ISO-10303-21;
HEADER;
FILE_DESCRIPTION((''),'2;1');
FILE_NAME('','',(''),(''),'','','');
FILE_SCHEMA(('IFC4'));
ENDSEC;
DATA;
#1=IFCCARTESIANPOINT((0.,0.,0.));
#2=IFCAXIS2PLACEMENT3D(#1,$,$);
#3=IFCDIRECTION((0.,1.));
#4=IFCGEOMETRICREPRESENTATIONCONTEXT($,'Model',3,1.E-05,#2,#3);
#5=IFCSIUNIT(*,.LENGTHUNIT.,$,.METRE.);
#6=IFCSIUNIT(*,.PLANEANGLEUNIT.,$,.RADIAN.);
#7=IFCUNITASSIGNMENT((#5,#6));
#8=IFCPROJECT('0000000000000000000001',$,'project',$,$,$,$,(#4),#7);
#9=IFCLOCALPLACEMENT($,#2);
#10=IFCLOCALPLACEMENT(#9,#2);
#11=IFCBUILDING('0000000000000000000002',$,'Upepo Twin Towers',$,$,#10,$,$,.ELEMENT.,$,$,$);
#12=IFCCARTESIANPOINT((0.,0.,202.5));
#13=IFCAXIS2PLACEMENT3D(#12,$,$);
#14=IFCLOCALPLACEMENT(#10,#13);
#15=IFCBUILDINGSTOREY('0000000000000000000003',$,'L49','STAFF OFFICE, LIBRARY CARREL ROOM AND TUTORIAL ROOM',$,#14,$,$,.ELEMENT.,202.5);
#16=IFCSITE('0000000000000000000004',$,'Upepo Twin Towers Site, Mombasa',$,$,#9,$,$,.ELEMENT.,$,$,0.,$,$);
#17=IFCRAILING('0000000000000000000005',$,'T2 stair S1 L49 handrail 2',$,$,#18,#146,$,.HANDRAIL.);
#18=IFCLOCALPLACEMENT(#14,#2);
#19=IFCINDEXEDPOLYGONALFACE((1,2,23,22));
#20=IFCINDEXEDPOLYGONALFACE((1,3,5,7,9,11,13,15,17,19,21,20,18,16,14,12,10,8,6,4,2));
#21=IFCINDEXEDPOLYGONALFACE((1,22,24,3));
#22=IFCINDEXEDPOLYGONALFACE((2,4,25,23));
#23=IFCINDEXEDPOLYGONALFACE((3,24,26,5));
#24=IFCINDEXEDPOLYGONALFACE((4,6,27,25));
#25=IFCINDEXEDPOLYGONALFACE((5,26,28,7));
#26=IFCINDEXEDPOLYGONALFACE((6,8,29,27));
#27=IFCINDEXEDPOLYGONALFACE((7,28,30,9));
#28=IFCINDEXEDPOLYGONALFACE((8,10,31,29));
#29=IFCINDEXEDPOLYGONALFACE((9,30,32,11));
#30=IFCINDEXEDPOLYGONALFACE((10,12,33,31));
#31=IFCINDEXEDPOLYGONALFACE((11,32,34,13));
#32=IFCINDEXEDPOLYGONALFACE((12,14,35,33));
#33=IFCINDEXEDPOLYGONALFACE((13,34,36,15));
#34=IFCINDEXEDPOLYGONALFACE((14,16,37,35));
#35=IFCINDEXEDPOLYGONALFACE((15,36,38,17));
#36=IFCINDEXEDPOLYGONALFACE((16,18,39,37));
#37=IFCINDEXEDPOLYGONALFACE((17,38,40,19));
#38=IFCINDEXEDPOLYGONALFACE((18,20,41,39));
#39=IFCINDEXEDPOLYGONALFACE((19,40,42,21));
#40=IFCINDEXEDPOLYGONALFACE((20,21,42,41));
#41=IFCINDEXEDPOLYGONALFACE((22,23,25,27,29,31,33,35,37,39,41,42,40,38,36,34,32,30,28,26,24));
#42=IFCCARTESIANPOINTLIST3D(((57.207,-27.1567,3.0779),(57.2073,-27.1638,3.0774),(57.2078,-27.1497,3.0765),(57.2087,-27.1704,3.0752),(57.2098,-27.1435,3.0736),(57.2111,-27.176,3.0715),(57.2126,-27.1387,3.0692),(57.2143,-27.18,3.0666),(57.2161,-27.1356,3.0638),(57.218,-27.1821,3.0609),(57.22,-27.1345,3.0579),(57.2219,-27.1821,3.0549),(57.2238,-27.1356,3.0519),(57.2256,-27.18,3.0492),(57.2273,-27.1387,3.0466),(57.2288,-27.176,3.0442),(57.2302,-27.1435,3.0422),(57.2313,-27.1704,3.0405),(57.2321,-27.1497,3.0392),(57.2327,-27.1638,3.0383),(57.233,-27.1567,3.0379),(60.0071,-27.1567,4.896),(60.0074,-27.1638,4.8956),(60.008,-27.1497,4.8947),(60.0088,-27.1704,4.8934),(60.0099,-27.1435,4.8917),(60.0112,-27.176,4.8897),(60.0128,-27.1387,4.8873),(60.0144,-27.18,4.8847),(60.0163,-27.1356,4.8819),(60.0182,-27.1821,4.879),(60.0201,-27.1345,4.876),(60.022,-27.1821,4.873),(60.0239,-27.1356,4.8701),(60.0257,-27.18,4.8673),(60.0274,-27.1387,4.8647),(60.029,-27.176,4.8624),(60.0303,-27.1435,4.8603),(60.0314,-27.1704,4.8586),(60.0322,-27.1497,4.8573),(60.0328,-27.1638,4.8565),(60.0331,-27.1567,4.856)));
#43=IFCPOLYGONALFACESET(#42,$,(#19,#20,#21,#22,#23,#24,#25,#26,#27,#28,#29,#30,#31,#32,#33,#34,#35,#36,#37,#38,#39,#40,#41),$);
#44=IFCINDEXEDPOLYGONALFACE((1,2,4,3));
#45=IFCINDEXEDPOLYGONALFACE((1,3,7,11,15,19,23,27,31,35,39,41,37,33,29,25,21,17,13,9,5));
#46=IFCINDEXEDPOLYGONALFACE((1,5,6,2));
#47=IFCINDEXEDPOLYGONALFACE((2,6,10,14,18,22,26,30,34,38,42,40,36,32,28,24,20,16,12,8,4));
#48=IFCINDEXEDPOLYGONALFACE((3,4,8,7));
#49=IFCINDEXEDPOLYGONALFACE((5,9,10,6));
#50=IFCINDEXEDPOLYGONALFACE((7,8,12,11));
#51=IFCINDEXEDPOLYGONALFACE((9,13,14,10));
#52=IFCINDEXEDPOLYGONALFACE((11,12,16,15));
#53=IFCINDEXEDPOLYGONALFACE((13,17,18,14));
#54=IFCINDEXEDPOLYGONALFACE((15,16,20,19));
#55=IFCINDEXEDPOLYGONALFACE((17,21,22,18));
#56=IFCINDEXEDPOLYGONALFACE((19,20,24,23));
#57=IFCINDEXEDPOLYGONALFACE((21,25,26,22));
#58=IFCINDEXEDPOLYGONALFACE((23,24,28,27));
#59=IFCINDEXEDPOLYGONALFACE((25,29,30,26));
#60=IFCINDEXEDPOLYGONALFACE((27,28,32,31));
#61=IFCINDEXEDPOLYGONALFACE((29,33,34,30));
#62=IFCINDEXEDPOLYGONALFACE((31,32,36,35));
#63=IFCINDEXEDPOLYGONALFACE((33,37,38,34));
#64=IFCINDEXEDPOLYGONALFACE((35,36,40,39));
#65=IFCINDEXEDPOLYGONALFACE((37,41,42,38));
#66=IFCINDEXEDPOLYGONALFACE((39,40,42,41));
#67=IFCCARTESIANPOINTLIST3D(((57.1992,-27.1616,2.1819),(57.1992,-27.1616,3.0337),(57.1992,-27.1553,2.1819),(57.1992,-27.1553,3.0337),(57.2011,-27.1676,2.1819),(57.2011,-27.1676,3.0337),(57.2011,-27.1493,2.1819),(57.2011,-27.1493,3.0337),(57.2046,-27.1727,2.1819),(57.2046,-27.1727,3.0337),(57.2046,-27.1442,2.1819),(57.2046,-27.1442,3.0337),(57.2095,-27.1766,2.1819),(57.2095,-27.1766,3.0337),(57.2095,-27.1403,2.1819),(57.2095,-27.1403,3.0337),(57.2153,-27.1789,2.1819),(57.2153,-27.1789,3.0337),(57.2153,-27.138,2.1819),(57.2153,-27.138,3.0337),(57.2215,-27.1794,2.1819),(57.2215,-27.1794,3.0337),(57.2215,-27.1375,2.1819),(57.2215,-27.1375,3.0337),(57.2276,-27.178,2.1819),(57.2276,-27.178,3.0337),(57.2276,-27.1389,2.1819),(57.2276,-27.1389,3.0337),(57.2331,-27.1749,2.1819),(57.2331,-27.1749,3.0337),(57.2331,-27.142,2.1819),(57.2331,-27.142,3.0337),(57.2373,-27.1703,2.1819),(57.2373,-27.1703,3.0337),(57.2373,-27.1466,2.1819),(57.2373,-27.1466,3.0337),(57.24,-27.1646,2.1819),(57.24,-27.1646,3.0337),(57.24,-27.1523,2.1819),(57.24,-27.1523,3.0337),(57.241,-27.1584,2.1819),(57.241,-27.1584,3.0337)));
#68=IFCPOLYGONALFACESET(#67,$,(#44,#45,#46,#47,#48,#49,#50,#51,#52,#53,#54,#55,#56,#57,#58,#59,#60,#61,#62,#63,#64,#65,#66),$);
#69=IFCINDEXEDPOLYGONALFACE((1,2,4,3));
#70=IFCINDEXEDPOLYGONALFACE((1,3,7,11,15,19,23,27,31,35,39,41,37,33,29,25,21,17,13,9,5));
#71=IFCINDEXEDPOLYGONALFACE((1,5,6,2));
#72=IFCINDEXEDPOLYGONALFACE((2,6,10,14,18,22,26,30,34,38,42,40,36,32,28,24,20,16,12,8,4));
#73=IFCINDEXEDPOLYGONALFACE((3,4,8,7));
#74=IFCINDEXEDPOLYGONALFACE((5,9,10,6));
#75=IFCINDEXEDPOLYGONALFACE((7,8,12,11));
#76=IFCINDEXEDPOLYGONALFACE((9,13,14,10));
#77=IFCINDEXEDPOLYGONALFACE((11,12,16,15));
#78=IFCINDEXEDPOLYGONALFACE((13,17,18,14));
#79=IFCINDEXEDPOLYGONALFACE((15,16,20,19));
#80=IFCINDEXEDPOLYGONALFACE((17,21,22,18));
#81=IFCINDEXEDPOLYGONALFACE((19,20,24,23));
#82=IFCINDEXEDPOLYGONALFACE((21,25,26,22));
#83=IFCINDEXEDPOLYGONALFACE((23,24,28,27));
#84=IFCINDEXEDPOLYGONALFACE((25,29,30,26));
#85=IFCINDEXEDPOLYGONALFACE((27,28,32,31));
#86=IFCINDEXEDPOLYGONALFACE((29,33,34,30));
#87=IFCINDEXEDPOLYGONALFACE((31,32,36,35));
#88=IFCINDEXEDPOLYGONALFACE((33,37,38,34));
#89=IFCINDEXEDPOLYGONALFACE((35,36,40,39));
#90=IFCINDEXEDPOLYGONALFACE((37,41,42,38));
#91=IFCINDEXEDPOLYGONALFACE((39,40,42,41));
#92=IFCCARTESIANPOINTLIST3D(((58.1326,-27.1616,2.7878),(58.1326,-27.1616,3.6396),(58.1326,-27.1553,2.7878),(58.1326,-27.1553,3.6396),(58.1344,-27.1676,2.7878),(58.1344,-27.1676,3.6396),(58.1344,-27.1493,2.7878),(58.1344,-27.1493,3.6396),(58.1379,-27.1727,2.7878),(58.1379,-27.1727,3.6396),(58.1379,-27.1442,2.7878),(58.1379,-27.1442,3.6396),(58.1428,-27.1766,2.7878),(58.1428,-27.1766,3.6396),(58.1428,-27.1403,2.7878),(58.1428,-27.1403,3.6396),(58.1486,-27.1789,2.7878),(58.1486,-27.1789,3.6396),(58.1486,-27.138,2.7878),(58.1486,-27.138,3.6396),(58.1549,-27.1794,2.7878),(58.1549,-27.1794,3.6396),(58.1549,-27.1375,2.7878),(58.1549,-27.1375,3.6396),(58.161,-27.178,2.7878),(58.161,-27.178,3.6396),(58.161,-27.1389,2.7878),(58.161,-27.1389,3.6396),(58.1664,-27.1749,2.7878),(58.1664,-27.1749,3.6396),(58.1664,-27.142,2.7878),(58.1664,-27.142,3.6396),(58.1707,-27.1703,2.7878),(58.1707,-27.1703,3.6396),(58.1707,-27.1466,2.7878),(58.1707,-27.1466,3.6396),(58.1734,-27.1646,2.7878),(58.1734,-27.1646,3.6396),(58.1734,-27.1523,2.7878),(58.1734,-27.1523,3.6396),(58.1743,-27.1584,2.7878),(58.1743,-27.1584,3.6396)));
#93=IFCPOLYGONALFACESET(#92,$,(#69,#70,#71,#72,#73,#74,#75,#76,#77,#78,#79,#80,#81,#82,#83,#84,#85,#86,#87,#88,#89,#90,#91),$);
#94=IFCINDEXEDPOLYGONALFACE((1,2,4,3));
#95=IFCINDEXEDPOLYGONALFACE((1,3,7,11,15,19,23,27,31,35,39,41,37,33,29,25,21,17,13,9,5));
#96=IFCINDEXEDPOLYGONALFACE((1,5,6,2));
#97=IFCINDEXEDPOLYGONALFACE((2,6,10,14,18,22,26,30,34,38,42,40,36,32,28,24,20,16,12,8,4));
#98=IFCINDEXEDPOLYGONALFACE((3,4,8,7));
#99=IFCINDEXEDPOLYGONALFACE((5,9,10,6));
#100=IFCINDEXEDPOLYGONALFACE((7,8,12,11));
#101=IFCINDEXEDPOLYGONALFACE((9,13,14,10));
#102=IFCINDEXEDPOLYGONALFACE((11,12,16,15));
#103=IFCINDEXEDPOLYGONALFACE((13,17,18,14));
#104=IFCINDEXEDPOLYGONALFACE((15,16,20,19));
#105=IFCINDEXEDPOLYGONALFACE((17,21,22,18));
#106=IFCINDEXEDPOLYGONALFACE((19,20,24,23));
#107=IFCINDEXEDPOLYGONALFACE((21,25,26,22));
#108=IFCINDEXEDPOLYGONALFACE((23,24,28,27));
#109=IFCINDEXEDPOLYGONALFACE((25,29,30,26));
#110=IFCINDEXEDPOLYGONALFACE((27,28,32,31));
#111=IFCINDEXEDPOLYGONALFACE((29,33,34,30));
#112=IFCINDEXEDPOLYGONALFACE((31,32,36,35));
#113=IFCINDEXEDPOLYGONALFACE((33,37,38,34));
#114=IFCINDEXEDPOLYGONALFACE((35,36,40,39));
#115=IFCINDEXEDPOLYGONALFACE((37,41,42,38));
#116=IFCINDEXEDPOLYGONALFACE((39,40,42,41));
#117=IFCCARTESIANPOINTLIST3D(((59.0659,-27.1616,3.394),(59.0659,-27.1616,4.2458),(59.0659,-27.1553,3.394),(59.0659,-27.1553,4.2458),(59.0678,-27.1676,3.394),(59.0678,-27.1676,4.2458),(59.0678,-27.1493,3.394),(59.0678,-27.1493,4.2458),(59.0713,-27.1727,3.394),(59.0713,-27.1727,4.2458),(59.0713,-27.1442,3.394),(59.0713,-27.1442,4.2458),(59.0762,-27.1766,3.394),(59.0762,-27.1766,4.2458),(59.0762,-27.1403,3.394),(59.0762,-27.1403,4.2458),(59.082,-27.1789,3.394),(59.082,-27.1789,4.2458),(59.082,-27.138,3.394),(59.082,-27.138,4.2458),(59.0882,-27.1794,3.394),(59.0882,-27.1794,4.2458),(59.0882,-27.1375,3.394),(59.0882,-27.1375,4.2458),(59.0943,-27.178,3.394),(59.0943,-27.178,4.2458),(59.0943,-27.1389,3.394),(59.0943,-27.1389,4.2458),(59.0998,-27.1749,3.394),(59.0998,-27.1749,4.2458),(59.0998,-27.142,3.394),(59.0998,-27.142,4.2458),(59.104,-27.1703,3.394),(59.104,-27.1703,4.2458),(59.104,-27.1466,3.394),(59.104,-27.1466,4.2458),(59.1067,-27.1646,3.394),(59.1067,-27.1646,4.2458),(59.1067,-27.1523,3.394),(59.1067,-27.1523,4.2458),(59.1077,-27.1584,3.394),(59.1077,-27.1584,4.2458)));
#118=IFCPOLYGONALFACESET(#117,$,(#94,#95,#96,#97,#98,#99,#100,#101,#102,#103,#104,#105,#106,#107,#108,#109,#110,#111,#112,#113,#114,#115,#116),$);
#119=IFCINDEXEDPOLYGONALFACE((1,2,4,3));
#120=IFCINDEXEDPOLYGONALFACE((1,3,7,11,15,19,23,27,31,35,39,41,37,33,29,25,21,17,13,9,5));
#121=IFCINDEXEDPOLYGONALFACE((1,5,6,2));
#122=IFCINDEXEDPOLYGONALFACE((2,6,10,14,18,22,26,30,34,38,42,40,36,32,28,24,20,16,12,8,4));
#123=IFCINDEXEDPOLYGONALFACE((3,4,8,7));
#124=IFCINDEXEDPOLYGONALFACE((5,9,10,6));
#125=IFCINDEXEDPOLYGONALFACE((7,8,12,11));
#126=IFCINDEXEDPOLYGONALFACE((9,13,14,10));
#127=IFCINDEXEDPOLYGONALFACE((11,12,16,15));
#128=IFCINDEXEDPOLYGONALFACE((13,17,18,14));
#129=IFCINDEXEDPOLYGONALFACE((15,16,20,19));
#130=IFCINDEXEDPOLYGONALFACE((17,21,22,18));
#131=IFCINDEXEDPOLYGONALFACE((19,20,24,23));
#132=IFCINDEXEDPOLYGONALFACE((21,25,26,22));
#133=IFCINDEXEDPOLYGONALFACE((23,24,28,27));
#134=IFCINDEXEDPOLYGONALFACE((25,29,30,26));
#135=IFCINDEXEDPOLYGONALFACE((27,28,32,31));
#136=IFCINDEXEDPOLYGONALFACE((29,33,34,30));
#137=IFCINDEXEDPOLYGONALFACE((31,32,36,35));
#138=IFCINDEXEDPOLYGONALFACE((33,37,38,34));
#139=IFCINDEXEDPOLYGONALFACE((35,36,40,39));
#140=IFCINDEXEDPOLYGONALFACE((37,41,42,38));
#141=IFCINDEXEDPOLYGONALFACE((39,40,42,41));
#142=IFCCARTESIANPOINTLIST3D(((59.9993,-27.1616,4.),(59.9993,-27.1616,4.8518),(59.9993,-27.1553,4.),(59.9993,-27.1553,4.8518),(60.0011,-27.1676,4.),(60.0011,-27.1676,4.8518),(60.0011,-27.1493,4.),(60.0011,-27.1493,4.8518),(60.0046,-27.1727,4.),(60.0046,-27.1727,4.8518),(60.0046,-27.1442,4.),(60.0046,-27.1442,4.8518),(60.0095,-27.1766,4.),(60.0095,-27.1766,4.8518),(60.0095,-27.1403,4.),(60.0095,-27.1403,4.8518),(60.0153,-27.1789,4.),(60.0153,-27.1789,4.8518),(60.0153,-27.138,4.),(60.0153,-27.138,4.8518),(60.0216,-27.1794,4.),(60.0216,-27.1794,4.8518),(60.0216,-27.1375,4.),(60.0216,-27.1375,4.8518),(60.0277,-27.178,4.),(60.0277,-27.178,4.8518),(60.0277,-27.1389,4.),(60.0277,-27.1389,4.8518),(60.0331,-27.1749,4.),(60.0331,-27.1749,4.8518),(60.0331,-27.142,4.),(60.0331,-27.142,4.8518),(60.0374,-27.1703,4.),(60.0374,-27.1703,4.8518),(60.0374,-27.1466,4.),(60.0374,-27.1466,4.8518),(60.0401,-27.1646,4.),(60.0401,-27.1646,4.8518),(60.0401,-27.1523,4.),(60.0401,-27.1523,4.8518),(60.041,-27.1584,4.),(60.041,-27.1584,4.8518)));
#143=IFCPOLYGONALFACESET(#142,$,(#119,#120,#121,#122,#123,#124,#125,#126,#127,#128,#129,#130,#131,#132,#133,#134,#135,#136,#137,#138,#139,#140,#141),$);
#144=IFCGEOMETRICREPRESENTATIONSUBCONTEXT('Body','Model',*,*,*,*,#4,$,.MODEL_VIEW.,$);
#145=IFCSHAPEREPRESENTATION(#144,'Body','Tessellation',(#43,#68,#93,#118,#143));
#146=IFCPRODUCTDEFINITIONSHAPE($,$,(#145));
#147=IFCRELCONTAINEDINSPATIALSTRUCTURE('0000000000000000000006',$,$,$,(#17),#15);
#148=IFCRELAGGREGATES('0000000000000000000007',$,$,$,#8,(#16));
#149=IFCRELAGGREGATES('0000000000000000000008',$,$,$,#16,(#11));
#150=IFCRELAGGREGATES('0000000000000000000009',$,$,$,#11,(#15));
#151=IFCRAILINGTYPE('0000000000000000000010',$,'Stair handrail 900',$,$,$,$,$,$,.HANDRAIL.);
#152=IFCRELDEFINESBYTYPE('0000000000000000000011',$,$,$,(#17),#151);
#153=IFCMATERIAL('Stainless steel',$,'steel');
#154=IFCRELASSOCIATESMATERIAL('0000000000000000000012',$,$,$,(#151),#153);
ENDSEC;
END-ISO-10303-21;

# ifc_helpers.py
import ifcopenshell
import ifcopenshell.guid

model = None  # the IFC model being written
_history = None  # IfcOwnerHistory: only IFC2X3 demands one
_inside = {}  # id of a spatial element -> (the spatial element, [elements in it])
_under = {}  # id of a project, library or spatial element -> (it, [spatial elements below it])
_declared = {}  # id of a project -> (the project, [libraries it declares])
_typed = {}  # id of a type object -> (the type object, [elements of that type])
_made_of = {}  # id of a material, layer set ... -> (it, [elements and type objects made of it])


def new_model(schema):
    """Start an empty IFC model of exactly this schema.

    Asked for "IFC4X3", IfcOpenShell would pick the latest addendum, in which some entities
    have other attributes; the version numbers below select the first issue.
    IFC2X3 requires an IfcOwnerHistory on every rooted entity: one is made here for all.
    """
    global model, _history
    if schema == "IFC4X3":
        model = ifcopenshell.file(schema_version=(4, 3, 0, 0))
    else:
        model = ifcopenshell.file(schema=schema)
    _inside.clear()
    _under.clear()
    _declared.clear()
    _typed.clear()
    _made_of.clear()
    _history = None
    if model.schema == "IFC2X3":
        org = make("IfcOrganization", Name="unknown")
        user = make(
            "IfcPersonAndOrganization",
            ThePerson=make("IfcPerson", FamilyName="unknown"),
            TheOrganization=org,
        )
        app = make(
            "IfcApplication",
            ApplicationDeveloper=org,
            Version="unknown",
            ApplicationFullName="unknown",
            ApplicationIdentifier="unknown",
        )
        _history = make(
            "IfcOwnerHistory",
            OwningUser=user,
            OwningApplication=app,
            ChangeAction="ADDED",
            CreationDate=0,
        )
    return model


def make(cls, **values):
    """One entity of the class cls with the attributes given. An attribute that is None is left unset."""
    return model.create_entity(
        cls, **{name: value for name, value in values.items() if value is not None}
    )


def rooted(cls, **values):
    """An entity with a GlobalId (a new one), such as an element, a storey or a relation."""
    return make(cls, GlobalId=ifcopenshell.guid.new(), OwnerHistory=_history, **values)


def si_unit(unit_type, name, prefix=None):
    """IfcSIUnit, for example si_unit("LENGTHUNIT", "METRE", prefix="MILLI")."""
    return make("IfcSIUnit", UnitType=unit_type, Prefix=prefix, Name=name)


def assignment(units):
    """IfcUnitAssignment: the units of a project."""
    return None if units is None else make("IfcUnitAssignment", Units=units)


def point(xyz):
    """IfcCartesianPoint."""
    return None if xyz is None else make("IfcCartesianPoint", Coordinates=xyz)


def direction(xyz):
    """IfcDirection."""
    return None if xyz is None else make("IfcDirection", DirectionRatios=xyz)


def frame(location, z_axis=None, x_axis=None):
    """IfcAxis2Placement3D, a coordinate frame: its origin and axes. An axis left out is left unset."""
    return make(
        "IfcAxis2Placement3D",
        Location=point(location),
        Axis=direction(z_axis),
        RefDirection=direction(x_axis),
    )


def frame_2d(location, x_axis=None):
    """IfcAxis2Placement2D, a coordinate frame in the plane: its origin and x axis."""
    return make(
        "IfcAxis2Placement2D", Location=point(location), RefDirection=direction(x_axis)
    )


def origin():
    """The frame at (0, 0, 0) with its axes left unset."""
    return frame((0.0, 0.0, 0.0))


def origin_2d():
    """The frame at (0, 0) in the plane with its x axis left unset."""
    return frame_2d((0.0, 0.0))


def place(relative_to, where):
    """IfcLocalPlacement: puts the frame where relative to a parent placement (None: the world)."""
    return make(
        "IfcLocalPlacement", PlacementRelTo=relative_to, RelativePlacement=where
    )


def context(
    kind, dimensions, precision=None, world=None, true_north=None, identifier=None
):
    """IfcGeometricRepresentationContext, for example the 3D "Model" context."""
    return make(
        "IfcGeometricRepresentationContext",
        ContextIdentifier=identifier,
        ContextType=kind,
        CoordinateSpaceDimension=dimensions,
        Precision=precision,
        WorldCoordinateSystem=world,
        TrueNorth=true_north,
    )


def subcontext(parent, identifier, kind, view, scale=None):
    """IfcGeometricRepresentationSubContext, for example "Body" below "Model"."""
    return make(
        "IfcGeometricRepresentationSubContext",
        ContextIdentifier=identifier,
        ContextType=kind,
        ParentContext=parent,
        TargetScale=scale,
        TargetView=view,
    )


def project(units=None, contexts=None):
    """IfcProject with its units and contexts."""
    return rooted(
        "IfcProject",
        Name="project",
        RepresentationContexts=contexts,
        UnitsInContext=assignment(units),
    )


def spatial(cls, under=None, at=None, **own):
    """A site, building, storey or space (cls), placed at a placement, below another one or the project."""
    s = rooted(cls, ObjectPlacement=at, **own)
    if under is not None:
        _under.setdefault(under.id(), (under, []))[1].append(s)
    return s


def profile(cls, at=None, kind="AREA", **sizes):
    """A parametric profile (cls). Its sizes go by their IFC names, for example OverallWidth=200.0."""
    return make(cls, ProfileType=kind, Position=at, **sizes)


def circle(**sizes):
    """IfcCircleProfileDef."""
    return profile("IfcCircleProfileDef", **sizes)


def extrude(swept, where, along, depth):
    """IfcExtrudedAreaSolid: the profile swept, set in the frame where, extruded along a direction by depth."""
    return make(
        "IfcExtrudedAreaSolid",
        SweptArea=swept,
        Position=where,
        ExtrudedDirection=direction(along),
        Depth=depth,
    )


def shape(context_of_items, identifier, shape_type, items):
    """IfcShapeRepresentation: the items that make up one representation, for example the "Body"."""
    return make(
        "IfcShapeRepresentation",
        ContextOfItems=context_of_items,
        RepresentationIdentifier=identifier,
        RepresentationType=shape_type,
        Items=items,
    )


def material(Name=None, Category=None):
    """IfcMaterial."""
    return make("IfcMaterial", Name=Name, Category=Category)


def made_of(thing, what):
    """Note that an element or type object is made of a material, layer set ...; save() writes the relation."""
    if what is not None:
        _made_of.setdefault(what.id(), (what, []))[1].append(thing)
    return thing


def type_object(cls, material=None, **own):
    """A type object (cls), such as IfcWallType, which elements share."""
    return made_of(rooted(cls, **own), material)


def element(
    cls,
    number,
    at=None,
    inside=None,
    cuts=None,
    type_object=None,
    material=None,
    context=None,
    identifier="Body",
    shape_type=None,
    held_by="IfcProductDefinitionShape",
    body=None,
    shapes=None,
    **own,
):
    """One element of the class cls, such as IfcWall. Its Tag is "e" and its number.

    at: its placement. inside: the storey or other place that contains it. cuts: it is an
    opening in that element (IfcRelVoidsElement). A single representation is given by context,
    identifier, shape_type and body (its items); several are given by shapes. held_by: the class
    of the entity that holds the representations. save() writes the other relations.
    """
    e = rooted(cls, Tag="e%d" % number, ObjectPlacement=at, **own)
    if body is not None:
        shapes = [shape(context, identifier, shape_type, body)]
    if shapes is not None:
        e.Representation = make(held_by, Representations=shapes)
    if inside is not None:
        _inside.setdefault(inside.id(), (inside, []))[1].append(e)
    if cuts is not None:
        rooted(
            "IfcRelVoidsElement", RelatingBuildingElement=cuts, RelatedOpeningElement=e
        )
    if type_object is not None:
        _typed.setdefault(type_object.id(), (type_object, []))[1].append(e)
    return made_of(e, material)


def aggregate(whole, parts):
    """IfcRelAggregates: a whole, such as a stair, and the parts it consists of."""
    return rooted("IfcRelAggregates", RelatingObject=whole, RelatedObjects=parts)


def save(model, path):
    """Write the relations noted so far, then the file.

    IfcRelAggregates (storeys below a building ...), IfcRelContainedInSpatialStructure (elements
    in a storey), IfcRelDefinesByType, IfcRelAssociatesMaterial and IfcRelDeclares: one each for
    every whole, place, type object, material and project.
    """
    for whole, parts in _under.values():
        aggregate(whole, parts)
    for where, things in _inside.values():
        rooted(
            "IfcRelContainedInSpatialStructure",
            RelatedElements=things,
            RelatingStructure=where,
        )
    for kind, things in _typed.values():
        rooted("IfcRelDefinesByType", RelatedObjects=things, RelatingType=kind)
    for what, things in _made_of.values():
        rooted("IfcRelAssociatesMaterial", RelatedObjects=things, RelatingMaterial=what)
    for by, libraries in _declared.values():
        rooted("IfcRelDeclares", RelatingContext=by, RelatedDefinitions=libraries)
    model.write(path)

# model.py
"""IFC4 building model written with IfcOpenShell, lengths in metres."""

from ifc_helpers import new_model, si_unit, direction, frame, origin, origin_2d, place, context, subcontext, project, spatial, circle, extrude, material, type_object, element, save


model = new_model("IFC4")

# Units and contexts
model_context = context("Model", 3, precision=1e-05, world=origin(), true_north=direction((0.0, 1.0)))
body_context = subcontext(model_context, "Body", "Model", "MODEL_VIEW")
ifc_project = project(units=[si_unit("LENGTHUNIT", "METRE"), si_unit("PLANEANGLEUNIT", "RADIAN")], contexts=[model_context])

# Site, building, storey
site_placement = place(None, origin())
site = spatial("IfcSite", under=ifc_project, at=site_placement, Name="Upepo Twin Towers Site, Mombasa", CompositionType="ELEMENT", RefElevation=0.0)
building_placement = place(site_placement, origin())
building = spatial("IfcBuilding", under=site, at=building_placement, Name="Upepo Twin Towers", CompositionType="ELEMENT")
storey_placement = place(building_placement, frame((0.0, 0.0, 202.5)))
storey = spatial("IfcBuildingStorey", under=building, at=storey_placement, Name="L49", Description="STAFF OFFICE, LIBRARY CARREL ROOM AND TUTORIAL ROOM", CompositionType="ELEMENT", Elevation=202.5)

# Railing
ifc_material_1 = material(Name="Stainless steel", Category="steel")
railing_type = type_object("IfcRailingType", Name="Stair handrail 900", PredefinedType="HANDRAIL", material=ifc_material_1)
railing_1_placement = place(storey_placement, frame((57.22, -27.1584, 2.1819)))
element("IfcRailing", 1, at=railing_1_placement, inside=storey, type_object=railing_type, Name="T2 stair S1 L49 handrail 2", PredefinedType="HANDRAIL", context=body_context, shape_type="SweptSolid", body=[
    extrude(circle(Radius=0.0239, at=origin_2d()), frame((0.0, 0.0, 0.876), z_axis=(0.838706, 0.0, 0.544585), x_axis=(0.0, 1.0, 0.0)), (0.0, 0.0, 1.0), 3.3386),
    extrude(circle(Radius=0.021, at=origin_2d()), origin(), (0.0, 0.0, 1.0), 0.8518),
    extrude(circle(Radius=0.021, at=origin_2d()), frame((0.9333, 0.0, 0.606)), (0.0, 0.0, 1.0), 0.8518),
    extrude(circle(Radius=0.021, at=origin_2d()), frame((1.8667, 0.0, 1.2122)), (0.0, 0.0, 1.0), 0.8518),
    extrude(circle(Radius=0.021, at=origin_2d()), frame((2.8, 0.0, 1.8181)), (0.0, 0.0, 1.0), 0.8518),
])

save(model, "model.ifc")
